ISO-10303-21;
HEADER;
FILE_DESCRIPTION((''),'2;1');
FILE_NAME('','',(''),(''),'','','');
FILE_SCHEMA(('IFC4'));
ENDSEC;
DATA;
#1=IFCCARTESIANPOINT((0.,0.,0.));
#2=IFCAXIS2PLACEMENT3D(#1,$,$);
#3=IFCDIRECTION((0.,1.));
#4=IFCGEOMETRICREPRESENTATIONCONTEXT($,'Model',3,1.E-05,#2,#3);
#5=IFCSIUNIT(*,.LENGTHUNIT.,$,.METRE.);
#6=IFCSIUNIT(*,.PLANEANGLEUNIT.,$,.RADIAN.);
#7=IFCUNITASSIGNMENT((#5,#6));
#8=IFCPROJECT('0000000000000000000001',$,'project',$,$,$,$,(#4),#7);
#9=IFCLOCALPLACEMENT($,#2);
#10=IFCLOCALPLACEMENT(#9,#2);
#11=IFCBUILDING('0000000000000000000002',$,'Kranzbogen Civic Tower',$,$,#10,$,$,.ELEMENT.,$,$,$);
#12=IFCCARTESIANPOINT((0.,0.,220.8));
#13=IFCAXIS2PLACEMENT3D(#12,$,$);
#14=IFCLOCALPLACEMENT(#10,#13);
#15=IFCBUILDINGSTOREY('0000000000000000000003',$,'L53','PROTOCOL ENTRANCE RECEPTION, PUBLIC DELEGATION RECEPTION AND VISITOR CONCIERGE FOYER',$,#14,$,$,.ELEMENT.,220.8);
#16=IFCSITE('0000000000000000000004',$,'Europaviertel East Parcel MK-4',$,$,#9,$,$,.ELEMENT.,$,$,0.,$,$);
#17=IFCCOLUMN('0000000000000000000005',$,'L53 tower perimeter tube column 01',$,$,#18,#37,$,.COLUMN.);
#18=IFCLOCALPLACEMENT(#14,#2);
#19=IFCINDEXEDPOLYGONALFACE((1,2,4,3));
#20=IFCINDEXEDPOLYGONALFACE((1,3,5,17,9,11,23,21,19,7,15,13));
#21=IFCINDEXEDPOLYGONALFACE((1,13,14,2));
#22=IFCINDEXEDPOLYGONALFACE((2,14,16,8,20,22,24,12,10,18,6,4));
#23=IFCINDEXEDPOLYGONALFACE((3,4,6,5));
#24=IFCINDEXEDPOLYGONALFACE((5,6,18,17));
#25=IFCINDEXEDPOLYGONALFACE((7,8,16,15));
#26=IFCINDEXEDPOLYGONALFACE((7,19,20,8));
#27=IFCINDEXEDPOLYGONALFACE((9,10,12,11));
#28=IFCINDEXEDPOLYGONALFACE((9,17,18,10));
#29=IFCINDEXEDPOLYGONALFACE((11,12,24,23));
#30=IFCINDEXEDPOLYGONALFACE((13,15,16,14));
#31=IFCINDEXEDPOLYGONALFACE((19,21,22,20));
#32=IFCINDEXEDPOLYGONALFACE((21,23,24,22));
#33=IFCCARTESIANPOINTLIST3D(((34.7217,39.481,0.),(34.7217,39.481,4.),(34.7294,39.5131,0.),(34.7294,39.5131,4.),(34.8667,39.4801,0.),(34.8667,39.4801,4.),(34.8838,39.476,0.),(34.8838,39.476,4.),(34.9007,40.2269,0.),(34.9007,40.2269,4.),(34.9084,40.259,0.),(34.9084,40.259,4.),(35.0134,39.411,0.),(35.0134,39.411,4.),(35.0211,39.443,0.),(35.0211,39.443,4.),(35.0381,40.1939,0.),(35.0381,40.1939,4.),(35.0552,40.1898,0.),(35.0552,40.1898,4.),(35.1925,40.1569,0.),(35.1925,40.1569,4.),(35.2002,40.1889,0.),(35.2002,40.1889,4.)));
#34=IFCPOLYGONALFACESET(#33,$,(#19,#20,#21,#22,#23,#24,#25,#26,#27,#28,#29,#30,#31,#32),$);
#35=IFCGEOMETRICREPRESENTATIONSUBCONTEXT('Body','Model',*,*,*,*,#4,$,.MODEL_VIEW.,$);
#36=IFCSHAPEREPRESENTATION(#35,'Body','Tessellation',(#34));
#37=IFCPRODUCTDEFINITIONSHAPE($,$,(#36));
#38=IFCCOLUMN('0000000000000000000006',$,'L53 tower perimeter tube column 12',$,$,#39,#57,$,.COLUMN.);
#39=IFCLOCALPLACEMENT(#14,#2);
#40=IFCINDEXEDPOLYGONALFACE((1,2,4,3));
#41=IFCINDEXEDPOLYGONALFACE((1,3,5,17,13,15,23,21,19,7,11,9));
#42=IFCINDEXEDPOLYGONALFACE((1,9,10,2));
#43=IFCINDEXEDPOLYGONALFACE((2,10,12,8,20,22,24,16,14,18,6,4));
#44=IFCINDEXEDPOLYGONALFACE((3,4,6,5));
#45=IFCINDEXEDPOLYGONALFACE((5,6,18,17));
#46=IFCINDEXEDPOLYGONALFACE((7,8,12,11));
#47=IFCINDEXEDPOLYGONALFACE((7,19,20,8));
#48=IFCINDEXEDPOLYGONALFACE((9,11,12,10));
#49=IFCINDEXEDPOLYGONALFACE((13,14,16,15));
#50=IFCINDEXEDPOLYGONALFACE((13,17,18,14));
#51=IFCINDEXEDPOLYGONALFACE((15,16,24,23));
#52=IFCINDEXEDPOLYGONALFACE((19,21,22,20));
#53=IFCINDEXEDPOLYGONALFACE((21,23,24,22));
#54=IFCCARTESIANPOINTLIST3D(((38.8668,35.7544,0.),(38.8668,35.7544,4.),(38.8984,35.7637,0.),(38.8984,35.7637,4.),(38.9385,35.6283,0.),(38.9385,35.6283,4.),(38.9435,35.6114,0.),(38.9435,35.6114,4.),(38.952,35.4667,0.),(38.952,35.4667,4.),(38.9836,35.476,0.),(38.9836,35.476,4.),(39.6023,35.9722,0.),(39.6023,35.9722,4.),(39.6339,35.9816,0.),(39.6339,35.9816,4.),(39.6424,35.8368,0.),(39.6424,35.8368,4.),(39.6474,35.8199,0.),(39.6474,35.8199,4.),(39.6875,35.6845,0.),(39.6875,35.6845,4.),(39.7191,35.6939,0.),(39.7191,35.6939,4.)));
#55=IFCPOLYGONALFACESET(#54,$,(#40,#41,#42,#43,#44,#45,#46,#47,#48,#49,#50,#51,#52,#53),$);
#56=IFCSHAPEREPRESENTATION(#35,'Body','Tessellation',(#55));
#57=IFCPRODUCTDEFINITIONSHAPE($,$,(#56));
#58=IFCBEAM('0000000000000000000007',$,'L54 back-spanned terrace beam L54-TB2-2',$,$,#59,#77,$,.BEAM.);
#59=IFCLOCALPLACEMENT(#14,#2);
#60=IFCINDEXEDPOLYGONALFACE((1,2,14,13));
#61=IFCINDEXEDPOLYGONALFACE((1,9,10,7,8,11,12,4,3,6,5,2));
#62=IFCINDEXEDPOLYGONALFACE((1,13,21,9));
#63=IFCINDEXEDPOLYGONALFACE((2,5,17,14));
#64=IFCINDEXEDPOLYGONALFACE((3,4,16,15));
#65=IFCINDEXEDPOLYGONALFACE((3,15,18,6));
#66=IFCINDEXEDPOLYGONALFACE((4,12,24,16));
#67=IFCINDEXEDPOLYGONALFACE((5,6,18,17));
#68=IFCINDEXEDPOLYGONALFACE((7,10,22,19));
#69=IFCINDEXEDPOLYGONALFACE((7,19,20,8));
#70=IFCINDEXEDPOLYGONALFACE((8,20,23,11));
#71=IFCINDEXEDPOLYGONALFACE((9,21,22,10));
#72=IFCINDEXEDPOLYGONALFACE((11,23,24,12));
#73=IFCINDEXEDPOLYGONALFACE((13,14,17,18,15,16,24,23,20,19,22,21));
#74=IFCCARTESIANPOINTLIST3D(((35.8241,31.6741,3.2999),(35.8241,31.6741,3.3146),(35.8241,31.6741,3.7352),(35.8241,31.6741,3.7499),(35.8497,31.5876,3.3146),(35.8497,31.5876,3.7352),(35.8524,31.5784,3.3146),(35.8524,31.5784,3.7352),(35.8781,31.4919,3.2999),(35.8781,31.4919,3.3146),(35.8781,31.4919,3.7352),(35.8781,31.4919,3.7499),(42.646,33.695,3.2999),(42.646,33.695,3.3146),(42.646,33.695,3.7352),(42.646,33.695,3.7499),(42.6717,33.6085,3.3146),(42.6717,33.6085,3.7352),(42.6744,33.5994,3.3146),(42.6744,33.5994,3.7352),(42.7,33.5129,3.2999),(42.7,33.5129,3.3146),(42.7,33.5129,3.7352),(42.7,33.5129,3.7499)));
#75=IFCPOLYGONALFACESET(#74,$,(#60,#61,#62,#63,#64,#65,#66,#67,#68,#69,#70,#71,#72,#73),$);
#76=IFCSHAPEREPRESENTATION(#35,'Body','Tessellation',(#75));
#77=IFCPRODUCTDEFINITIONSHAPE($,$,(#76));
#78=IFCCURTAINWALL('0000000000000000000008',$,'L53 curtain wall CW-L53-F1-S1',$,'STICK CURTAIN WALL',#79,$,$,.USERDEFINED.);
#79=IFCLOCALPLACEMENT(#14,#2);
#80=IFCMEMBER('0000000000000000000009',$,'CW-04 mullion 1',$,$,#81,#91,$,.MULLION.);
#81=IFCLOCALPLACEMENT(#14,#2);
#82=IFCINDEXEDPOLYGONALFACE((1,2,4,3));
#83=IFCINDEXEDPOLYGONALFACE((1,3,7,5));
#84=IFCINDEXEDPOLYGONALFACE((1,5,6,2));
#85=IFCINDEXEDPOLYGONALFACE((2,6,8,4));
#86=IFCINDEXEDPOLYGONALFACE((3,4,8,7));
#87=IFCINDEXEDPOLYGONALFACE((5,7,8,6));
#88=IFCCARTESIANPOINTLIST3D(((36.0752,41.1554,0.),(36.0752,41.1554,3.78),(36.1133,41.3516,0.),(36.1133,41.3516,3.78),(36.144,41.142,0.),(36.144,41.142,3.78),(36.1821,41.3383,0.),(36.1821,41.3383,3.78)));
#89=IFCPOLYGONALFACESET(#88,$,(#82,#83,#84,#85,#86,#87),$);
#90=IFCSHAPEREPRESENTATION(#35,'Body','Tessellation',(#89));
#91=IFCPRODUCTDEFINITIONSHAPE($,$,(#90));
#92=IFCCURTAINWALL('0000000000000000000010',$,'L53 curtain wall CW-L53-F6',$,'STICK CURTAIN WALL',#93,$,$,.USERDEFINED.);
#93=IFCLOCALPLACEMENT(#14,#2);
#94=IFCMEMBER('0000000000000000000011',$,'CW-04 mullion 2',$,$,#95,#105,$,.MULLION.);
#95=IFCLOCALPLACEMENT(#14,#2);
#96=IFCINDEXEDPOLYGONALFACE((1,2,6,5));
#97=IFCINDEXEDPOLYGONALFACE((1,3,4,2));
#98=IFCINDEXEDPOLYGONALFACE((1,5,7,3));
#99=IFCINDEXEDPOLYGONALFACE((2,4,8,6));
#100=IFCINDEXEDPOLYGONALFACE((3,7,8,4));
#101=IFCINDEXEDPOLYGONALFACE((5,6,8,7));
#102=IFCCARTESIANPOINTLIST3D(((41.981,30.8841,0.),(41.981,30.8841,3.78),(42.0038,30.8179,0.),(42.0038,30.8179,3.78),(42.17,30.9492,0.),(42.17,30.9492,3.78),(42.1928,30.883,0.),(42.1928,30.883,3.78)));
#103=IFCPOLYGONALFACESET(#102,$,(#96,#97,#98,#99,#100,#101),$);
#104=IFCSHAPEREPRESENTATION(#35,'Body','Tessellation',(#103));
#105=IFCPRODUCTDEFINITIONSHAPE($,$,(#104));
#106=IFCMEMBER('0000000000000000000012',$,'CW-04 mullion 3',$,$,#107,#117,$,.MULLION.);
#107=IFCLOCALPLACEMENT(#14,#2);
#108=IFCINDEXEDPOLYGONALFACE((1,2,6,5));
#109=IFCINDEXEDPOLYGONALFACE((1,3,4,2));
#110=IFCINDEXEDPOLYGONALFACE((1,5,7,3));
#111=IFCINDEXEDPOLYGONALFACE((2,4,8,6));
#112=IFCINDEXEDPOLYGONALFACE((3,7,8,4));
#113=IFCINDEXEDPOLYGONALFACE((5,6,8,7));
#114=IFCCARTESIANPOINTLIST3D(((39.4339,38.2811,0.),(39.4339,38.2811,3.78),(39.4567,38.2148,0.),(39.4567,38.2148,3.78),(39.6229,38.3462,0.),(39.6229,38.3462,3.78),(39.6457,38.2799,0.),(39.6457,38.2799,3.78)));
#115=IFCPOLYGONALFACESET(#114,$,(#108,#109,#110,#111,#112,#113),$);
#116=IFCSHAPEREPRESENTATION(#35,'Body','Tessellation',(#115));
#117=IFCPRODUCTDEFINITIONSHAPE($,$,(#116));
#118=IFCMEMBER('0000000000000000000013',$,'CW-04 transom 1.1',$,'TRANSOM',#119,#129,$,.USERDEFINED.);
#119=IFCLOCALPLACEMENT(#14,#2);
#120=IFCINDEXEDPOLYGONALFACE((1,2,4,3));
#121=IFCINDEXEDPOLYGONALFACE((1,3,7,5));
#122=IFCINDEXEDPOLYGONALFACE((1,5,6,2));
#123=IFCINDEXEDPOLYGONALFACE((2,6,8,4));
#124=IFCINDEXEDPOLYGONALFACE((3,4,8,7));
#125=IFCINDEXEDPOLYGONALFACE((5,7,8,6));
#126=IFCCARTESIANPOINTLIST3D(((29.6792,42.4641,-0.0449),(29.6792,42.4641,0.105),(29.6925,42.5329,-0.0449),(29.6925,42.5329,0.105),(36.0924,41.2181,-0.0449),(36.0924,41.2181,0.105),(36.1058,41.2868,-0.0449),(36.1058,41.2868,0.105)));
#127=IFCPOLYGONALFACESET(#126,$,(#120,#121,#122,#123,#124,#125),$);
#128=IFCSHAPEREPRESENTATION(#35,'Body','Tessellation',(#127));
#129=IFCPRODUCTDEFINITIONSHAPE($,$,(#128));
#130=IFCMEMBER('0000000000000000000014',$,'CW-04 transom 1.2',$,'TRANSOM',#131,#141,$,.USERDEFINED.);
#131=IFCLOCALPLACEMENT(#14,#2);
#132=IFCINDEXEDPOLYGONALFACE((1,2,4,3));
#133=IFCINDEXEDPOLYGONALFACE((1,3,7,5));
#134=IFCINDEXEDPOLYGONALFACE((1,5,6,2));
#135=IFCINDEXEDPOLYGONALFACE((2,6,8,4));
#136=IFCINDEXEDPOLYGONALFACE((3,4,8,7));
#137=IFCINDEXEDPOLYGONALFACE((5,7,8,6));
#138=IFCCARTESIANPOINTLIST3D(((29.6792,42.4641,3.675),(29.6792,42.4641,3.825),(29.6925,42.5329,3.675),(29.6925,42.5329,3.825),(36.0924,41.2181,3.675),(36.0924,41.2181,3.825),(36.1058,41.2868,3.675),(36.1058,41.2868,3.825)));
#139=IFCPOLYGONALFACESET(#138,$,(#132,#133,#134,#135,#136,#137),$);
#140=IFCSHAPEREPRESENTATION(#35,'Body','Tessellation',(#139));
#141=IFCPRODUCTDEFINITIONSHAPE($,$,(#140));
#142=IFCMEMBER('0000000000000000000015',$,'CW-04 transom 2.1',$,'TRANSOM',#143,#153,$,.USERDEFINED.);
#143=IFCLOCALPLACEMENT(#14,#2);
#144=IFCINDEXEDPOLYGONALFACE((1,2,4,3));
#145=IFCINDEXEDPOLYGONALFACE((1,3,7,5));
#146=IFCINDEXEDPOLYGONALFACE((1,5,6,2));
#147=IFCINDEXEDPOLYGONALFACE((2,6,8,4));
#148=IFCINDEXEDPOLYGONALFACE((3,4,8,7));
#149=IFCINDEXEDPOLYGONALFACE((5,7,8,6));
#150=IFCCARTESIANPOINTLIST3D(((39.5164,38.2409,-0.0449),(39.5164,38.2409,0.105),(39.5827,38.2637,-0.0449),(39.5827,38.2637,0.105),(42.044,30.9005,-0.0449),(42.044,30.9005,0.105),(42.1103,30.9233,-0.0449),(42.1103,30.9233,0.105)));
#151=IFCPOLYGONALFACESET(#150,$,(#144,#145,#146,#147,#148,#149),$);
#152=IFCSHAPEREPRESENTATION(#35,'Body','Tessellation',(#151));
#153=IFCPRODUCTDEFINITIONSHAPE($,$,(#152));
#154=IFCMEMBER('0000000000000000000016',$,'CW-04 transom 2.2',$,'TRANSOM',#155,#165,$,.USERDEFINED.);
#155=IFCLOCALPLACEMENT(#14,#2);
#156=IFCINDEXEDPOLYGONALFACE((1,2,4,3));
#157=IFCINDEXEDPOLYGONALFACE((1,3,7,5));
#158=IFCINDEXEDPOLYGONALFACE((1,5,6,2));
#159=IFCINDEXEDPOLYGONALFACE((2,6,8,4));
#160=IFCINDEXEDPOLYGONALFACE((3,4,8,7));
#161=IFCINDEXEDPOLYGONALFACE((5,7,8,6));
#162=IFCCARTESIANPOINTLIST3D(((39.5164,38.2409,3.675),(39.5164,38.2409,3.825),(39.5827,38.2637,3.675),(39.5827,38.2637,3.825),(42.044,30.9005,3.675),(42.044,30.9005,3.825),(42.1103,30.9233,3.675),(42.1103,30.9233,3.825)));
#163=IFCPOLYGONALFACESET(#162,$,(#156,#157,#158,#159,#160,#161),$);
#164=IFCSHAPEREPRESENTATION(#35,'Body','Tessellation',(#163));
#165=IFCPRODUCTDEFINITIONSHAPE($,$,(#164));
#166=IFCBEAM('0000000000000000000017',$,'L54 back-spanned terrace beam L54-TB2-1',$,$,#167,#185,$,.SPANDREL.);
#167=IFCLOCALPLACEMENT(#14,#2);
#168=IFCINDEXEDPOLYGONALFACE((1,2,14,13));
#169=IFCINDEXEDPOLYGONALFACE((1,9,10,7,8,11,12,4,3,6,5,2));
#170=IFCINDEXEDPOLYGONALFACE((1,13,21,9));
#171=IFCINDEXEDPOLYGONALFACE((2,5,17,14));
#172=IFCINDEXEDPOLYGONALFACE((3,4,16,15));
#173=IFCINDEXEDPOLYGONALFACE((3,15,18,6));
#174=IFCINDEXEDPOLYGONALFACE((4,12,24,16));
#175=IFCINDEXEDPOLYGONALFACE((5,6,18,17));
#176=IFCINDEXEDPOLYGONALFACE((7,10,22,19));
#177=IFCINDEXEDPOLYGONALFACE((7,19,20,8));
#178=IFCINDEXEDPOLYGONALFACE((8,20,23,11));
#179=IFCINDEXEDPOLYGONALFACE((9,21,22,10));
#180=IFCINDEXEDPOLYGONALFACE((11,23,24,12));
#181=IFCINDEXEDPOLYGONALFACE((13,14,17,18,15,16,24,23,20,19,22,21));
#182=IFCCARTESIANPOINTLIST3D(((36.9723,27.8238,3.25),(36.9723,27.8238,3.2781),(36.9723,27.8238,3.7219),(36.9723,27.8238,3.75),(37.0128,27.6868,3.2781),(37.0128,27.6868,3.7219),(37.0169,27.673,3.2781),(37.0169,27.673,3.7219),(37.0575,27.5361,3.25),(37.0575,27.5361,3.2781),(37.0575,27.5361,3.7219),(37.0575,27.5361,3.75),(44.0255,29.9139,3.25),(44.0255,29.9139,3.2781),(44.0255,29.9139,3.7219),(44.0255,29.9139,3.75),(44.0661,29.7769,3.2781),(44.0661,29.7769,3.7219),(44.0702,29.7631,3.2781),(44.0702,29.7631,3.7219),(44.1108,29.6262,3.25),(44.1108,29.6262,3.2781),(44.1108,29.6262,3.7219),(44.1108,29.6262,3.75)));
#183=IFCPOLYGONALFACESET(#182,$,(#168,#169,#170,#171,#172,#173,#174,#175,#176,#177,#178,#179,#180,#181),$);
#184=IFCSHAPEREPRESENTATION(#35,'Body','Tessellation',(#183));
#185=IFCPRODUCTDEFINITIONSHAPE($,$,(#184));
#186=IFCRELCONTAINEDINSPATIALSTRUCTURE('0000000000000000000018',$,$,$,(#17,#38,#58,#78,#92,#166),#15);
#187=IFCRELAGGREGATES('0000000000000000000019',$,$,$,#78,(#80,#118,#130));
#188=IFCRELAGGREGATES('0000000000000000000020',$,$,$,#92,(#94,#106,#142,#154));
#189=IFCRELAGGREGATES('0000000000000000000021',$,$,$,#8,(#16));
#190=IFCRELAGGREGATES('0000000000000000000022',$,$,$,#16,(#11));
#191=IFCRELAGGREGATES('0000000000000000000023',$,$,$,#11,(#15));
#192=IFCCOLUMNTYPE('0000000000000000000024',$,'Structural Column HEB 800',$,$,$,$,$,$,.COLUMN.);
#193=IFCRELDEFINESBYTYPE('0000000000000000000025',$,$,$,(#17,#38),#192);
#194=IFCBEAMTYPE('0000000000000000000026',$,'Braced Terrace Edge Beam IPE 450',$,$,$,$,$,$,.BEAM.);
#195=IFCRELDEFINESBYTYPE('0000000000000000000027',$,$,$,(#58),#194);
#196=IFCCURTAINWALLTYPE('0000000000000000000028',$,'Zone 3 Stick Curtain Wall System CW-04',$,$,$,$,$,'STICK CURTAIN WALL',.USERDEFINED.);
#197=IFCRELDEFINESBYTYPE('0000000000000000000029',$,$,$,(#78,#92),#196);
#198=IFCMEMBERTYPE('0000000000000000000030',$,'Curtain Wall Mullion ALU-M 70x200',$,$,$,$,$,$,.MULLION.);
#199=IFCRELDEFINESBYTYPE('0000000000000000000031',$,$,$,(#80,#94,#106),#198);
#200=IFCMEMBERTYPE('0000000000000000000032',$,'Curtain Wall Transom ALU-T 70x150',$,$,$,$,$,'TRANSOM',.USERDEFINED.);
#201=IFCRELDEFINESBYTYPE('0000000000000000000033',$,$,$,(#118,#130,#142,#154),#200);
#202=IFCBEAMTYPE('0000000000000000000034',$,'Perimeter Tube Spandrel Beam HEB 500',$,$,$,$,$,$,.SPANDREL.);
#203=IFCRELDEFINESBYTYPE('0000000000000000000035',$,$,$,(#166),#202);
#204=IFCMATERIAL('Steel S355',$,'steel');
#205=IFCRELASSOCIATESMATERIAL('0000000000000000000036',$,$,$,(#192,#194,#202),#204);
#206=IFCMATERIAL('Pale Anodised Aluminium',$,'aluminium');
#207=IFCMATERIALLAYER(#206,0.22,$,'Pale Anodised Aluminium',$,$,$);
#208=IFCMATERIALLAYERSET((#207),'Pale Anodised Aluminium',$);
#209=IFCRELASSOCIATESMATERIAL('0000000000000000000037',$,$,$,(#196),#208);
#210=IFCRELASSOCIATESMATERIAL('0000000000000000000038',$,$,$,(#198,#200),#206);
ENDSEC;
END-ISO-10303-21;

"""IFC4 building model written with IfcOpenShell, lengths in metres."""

from ifc_helpers import new_model, si_unit, direction, frame, origin, origin_2d, place, context, subcontext, project, spatial, rectangle, i_section, extrude, material, layer, layer_set, material_profile, profile_set, type_object, element, aggregate, save


model = new_model("IFC4")

# Units and contexts
model_context = context("Model", 3, precision=1e-05, world=origin(), true_north=direction((0.0, 1.0)))
body_context = subcontext(model_context, "Body", "Model", "MODEL_VIEW")
ifc_project = project(units=[si_unit("LENGTHUNIT", "METRE"), si_unit("PLANEANGLEUNIT", "RADIAN")], contexts=[model_context])

# Site, building, storey
site_placement = place(None, origin())
site = spatial("IfcSite", under=ifc_project, at=site_placement, Name="Europaviertel East Parcel MK-4", CompositionType="ELEMENT", RefElevation=0.0)
building_placement = place(site_placement, origin())
building = spatial("IfcBuilding", under=site, at=building_placement, Name="Kranzbogen Civic Tower", CompositionType="ELEMENT")
storey_placement = place(building_placement, frame((0.0, 0.0, 220.8)))
storey = spatial("IfcBuildingStorey", under=building, at=storey_placement, Name="L53", Description="PROTOCOL ENTRANCE RECEPTION, PUBLIC DELEGATION RECEPTION AND VISITOR CONCIERGE FOYER", CompositionType="ELEMENT", Elevation=220.8)

# Columns
ifc_material_1 = material(Name="Steel S355", Category="steel")
ifc_material_profile_1 = material_profile(ifc_material_1, i_section(OverallWidth=0.3, OverallDepth=0.8, WebThickness=0.0176, FlangeThickness=0.033, at=origin_2d()), Name="HEB 800")
ifc_profile_set_1 = profile_set([ifc_material_profile_1], Name="Steel S355")
column_type = type_object("IfcColumnType", Name="Structural Column HEB 800", PredefinedType="COLUMN", material=ifc_profile_set_1)
for number, where, z_axis, x_axis, name in (
    (1, (34.9609, 39.835, 0.0), (0.0, 0.0, 1.0), (-0.97237, 0.233445, 0.0), "L53 tower perimeter tube column 01"),
    (2, (39.293, 35.7241, 0.0), (0.0, 0.0, 1.0), (-0.284015, 0.95882, 0.0), "L53 tower perimeter tube column 12"),
):
    element("IfcColumn", number, at=place(storey_placement, frame(where, z_axis=z_axis, x_axis=x_axis)), inside=storey, type_object=column_type, Name=name, PredefinedType="COLUMN", context=body_context, shape_type="SweptSolid", body=[
        extrude(i_section(OverallWidth=0.3, OverallDepth=0.8, WebThickness=0.0176, FlangeThickness=0.033, at=origin_2d()), origin(), (0.0, 0.0, 1.0), 4.0),
    ])

# Beam
ifc_material_profile_2 = material_profile(ifc_material_1, i_section(OverallWidth=0.1899, OverallDepth=0.45, WebThickness=0.0095, FlangeThickness=0.0146, at=origin_2d()), Name="IPE 450")
ifc_profile_set_2 = profile_set([ifc_material_profile_2], Name="Steel S355")
beam_type_1 = type_object("IfcBeamType", Name="Braced Terrace Edge Beam IPE 450", PredefinedType="BEAM", material=ifc_profile_set_2)
beam_1_placement = place(storey_placement, frame((35.8511, 31.583, 3.5249), z_axis=(0.958811, 0.284044, 0.0), x_axis=(-0.284044, 0.958811, 0.0)))
element("IfcBeam", 3, at=beam_1_placement, inside=storey, type_object=beam_type_1, Name="L54 back-spanned terrace beam L54-TB2-2", PredefinedType="BEAM", context=body_context, shape_type="SweptSolid", body=[
    extrude(i_section(OverallWidth=0.1899, OverallDepth=0.45, WebThickness=0.0095, FlangeThickness=0.0146, at=origin_2d()), origin(), (0.0, 0.0, 1.0), 7.115),
])

# Curtain wall, member
ifc_material_2 = material(Name="Pale Anodised Aluminium", Category="aluminium")
ifc_layer_1 = layer(ifc_material_2, 0.22, Name="Pale Anodised Aluminium")
ifc_layer_set_1 = layer_set([ifc_layer_1], Name="Pale Anodised Aluminium")
curtain_wall_type = type_object("IfcCurtainWallType", Name="Zone 3 Stick Curtain Wall System CW-04", ElementType="STICK CURTAIN WALL", PredefinedType="USERDEFINED", material=ifc_layer_set_1)
curtain_wall_1_placement = place(storey_placement, origin())
curtain_wall_1 = element("IfcCurtainWall", 4, at=curtain_wall_1_placement, inside=storey, type_object=curtain_wall_type, Name="L53 curtain wall CW-L53-F1-S1", ObjectType="STICK CURTAIN WALL", PredefinedType="USERDEFINED")
ifc_material_profile_3 = material_profile(ifc_material_2, rectangle(XDim=0.0701, YDim=0.2, at=origin_2d()), Name="ALU-M 70x200")
ifc_profile_set_3 = profile_set([ifc_material_profile_3], Name="Pale Anodised Aluminium")
member_type_1 = type_object("IfcMemberType", Name="Curtain Wall Mullion ALU-M 70x200", PredefinedType="MULLION", material=ifc_profile_set_3)
member_1_placement = place(storey_placement, frame((36.1287, 41.2468, 0.0), z_axis=(0.0, 0.0, 1.0), x_axis=(-0.981641, 0.190737, 0.0)))
member_1 = element("IfcMember", 5, at=member_1_placement, type_object=member_type_1, Name="CW-04 mullion 1", PredefinedType="MULLION", context=body_context, shape_type="SweptSolid", body=[
    extrude(rectangle(XDim=0.0701, YDim=0.2, at=origin_2d()), origin(), (0.0, 0.0, 1.0), 3.78),
])

# Curtain wall, members
curtain_wall_2_placement = place(storey_placement, origin())
curtain_wall_2 = element("IfcCurtainWall", 6, at=curtain_wall_2_placement, inside=storey, type_object=curtain_wall_type, Name="L53 curtain wall CW-L53-F6", ObjectType="STICK CURTAIN WALL", PredefinedType="USERDEFINED")
member_2_placement = place(storey_placement, frame((42.0869, 30.8835, 0.0), z_axis=(0.0, 0.0, 1.0), x_axis=(-0.32559, 0.945511, 0.0)))
member_2 = element("IfcMember", 7, at=member_2_placement, type_object=member_type_1, Name="CW-04 mullion 2", PredefinedType="MULLION", context=body_context, shape_type="SweptSolid", body=[
    extrude(rectangle(XDim=0.0701, YDim=0.2, at=origin_2d()), origin(), (0.0, 0.0, 1.0), 3.78),
])
member_3_placement = place(storey_placement, frame((39.5398, 38.2805, 0.0), z_axis=(0.0, 0.0, 1.0), x_axis=(-0.32559, 0.945511, 0.0)))
member_3 = element("IfcMember", 8, at=member_3_placement, type_object=member_type_1, Name="CW-04 mullion 3", PredefinedType="MULLION", context=body_context, shape_type="SweptSolid", body=[
    extrude(rectangle(XDim=0.0701, YDim=0.2, at=origin_2d()), origin(), (0.0, 0.0, 1.0), 3.78),
])

# Members
ifc_material_profile_4 = material_profile(ifc_material_2, rectangle(XDim=0.0701, YDim=0.1499, at=origin_2d()), Name="ALU-T 70x150")
ifc_profile_set_4 = profile_set([ifc_material_profile_4], Name="Pale Anodised Aluminium")
member_type_2 = type_object("IfcMemberType", Name="Curtain Wall Transom ALU-T 70x150", ElementType="TRANSOM", PredefinedType="USERDEFINED", material=ifc_profile_set_4)
member_4_placement = place(storey_placement, frame((36.0991, 41.2524, 0.03), z_axis=(-0.981642, 0.190731, 0.0), x_axis=(-0.190731, -0.981642, 0.0)))
member_4 = element("IfcMember", 9, at=member_4_placement, type_object=member_type_2, Name="CW-04 transom 1.1", ObjectType="TRANSOM", PredefinedType="USERDEFINED", context=body_context, shape_type="SweptSolid", body=[
    extrude(rectangle(XDim=0.0701, YDim=0.1499, at=origin_2d()), origin(), (0.0, 0.0, 1.0), 6.5332),
])
member_5_placement = place(storey_placement, frame((36.0991, 41.2524, 3.75), z_axis=(-0.981642, 0.190731, 0.0), x_axis=(-0.190731, -0.981642, 0.0)))
member_5 = element("IfcMember", 10, at=member_5_placement, type_object=member_type_2, Name="CW-04 transom 1.2", ObjectType="TRANSOM", PredefinedType="USERDEFINED", context=body_context, shape_type="SweptSolid", body=[
    extrude(rectangle(XDim=0.0701, YDim=0.1499, at=origin_2d()), origin(), (0.0, 0.0, 1.0), 6.5332),
])
aggregate(curtain_wall_1, [member_1, member_4, member_5])
member_6_placement = place(storey_placement, frame((42.0771, 30.9119, 0.03), z_axis=(-0.325581, 0.945514, 0.0), x_axis=(-0.945514, -0.325581, 0.0)))
member_6 = element("IfcMember", 11, at=member_6_placement, type_object=member_type_2, Name="CW-04 transom 2.1", ObjectType="TRANSOM", PredefinedType="USERDEFINED", context=body_context, shape_type="SweptSolid", body=[
    extrude(rectangle(XDim=0.0701, YDim=0.1499, at=origin_2d()), origin(), (0.0, 0.0, 1.0), 7.7634),
])
member_7_placement = place(storey_placement, frame((42.0771, 30.9119, 3.75), z_axis=(-0.325581, 0.945514, 0.0), x_axis=(-0.945514, -0.325581, 0.0)))
member_7 = element("IfcMember", 12, at=member_7_placement, type_object=member_type_2, Name="CW-04 transom 2.2", ObjectType="TRANSOM", PredefinedType="USERDEFINED", context=body_context, shape_type="SweptSolid", body=[
    extrude(rectangle(XDim=0.0701, YDim=0.1499, at=origin_2d()), origin(), (0.0, 0.0, 1.0), 7.7634),
])

# Beam
ifc_material_profile_5 = material_profile(ifc_material_1, i_section(OverallWidth=0.3, OverallDepth=0.5, WebThickness=0.0144, FlangeThickness=0.0281, at=origin_2d()), Name="HEB 500")
ifc_profile_set_5 = profile_set([ifc_material_profile_5], Name="Steel S355")
beam_type_2 = type_object("IfcBeamType", Name="Perimeter Tube Spandrel Beam HEB 500", PredefinedType="SPANDREL", material=ifc_profile_set_5)
beam_2_placement = place(storey_placement, frame((37.0149, 27.6799, 3.5), z_axis=(0.958789, 0.284119, 0.0), x_axis=(-0.284119, 0.958789, 0.0)))
element("IfcBeam", 13, at=beam_2_placement, inside=storey, type_object=beam_type_2, Name="L54 back-spanned terrace beam L54-TB2-1", PredefinedType="SPANDREL", context=body_context, shape_type="SweptSolid", body=[
    extrude(i_section(OverallWidth=0.3, OverallDepth=0.5, WebThickness=0.0144, FlangeThickness=0.0281, at=origin_2d()), origin(), (0.0, 0.0, 1.0), 7.3564),
])

aggregate(curtain_wall_2, [member_2, member_3, member_6, member_7])

save(model, "model.ifc")
